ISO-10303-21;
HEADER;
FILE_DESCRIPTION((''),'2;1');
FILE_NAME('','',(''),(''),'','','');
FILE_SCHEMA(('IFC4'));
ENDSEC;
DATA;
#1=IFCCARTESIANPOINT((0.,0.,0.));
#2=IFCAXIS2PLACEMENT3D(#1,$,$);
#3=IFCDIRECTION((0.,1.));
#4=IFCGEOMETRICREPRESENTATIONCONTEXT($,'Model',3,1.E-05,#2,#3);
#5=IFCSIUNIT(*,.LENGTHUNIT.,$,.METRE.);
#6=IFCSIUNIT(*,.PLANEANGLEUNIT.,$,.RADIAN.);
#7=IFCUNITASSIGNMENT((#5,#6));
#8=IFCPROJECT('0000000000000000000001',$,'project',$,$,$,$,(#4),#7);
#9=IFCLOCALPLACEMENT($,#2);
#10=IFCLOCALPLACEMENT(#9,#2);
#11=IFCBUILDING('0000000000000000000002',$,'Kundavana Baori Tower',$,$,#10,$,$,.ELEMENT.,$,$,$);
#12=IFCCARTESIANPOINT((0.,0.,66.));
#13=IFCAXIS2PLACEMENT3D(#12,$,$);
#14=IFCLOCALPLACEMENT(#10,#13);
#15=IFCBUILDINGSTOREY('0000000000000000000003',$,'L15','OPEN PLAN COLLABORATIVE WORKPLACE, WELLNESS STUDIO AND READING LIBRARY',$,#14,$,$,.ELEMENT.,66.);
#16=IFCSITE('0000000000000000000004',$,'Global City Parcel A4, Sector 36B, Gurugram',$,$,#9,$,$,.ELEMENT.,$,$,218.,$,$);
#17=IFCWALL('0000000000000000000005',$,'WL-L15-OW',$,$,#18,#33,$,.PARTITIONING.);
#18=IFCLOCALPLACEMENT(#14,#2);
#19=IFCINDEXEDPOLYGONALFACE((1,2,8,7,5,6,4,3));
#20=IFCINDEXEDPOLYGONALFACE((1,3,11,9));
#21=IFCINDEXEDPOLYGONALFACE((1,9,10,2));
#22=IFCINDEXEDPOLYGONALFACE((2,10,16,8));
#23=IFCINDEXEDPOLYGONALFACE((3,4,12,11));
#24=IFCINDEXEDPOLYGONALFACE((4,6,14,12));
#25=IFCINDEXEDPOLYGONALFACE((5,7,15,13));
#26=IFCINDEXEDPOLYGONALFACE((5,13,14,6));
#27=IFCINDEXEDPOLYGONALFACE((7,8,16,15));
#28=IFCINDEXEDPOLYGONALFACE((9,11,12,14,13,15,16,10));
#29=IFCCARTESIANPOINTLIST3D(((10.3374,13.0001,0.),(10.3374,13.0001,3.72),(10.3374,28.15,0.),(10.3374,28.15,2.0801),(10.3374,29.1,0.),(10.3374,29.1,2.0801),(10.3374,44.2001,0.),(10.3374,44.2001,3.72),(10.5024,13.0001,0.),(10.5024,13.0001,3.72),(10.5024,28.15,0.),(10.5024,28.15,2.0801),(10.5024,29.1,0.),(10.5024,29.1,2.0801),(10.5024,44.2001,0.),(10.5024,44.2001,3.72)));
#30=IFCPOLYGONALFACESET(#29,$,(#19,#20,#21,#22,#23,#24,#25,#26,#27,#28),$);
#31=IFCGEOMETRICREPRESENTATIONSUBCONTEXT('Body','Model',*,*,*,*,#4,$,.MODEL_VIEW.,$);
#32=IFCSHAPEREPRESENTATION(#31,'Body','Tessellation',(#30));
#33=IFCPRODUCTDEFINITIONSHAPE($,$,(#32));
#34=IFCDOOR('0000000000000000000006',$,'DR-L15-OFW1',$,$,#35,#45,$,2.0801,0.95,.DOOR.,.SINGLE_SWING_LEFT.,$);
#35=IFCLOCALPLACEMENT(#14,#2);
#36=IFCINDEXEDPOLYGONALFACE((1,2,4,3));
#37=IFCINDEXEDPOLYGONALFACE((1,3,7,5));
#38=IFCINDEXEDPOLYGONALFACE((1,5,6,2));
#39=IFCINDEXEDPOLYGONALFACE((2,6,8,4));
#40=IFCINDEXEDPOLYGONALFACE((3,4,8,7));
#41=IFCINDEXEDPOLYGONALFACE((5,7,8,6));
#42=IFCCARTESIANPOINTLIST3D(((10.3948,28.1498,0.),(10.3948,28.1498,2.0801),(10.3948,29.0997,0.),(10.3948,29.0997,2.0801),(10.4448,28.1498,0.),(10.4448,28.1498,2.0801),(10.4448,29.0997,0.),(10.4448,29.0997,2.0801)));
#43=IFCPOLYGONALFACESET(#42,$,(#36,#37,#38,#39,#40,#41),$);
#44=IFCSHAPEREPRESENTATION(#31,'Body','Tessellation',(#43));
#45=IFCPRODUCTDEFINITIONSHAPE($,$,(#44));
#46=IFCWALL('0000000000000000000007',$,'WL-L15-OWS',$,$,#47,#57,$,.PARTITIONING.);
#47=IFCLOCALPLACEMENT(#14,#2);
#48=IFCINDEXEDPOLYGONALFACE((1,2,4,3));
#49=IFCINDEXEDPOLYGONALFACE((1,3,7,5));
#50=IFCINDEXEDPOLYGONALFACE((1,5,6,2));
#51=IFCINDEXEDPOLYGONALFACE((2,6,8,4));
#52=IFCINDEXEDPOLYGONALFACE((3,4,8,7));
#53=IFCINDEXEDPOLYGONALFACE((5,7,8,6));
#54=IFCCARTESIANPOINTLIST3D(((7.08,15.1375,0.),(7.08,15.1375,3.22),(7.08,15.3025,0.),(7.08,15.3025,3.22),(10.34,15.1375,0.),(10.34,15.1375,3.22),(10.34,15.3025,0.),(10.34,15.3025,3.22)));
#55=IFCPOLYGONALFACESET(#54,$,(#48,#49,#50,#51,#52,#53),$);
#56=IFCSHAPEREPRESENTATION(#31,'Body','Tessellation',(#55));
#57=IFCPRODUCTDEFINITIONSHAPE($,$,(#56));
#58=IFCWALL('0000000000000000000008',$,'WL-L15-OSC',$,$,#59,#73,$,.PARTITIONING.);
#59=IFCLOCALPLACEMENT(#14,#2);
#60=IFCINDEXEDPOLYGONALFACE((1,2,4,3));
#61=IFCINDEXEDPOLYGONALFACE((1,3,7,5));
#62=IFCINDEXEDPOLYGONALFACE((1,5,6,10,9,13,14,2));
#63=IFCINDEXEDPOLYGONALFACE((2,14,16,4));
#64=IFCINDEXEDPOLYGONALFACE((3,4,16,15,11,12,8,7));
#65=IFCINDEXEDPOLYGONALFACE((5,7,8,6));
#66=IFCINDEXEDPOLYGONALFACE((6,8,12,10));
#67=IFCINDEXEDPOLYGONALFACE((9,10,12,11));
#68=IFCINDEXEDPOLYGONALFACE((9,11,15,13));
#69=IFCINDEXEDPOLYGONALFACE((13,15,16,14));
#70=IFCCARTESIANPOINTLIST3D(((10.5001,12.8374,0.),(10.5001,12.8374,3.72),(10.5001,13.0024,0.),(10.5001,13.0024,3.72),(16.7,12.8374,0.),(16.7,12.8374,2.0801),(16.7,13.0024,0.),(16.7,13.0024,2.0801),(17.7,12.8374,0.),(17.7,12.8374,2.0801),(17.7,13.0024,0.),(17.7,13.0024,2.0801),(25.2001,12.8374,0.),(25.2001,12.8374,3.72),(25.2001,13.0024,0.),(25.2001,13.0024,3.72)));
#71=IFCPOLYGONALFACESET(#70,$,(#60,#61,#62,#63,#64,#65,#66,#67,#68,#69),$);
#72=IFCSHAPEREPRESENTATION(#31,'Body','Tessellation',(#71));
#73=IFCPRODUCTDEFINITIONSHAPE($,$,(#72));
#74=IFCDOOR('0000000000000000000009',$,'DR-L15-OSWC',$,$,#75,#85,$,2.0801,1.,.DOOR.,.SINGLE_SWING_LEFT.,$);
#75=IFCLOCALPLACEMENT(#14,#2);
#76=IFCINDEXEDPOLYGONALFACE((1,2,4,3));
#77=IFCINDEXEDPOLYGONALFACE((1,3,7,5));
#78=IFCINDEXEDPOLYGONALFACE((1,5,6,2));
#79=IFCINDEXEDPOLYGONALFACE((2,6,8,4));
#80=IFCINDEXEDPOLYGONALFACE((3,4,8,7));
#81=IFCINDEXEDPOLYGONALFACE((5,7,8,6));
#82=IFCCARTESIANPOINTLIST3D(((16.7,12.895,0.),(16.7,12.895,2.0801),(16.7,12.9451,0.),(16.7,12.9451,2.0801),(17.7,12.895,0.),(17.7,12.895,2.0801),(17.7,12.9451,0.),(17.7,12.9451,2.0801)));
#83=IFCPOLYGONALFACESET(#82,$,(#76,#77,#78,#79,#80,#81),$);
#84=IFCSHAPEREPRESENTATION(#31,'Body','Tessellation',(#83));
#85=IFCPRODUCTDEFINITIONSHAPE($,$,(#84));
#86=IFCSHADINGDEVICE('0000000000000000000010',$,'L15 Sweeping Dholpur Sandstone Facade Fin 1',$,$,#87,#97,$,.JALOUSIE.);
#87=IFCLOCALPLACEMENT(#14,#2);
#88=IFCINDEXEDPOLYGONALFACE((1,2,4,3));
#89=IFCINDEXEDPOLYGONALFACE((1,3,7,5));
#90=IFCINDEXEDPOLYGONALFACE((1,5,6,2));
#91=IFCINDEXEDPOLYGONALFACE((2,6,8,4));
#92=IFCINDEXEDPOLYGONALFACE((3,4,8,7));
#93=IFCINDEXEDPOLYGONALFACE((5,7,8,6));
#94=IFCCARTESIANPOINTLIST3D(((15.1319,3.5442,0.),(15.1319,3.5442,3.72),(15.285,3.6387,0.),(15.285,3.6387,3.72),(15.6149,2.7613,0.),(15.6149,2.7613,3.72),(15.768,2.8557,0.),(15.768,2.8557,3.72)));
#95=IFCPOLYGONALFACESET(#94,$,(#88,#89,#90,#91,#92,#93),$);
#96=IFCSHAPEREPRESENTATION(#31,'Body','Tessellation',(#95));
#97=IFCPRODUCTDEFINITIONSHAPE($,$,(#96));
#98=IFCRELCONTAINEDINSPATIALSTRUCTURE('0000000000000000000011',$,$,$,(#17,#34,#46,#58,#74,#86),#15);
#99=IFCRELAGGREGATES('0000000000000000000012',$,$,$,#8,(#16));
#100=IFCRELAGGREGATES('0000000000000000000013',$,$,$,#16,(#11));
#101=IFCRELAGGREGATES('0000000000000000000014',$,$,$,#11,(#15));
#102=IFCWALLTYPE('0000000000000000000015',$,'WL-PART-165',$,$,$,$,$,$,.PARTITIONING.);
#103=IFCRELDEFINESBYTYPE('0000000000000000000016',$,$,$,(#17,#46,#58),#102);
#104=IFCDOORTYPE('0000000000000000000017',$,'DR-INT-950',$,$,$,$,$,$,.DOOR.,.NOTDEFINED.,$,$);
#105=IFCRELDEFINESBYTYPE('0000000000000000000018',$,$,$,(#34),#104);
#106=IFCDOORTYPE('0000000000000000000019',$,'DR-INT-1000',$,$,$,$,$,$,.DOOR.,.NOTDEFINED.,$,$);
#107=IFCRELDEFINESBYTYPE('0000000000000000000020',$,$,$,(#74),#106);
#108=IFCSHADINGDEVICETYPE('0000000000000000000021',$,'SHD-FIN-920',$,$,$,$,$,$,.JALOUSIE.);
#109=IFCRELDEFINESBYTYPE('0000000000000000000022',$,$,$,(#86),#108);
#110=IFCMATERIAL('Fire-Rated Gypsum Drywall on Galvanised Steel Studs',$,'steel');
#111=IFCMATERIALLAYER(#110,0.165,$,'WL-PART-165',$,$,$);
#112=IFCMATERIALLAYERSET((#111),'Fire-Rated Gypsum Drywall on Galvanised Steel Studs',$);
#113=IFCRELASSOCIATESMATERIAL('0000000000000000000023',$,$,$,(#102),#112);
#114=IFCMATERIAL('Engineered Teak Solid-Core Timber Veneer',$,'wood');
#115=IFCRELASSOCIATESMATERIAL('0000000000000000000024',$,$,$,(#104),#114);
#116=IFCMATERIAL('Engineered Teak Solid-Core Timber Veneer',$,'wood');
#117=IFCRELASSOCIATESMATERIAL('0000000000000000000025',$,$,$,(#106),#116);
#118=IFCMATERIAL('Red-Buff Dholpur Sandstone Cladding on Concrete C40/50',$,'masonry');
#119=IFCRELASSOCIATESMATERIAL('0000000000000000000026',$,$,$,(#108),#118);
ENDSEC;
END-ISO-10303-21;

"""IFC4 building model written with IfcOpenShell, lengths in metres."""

from ifc_helpers import new_model, si_unit, direction, frame, frame_2d, origin, origin_2d, place, context, subcontext, project, spatial, rectangle, extrude, material, layer, layer_set, type_object, element, fill, save


model = new_model("IFC4")

# Units and contexts
model_context = context("Model", 3, precision=1e-05, world=origin(), true_north=direction((0.0, 1.0)))
body_context = subcontext(model_context, "Body", "Model", "MODEL_VIEW")
ifc_project = project(units=[si_unit("LENGTHUNIT", "METRE"), si_unit("PLANEANGLEUNIT", "RADIAN")], contexts=[model_context])

# Site, building, storey
site_placement = place(None, origin())
site = spatial("IfcSite", under=ifc_project, at=site_placement, Name="Global City Parcel A4, Sector 36B, Gurugram", CompositionType="ELEMENT", RefElevation=218.0)
building_placement = place(site_placement, origin())
building = spatial("IfcBuilding", under=site, at=building_placement, Name="Kundavana Baori Tower", CompositionType="ELEMENT")
storey_placement = place(building_placement, frame((0.0, 0.0, 66.0)))
storey = spatial("IfcBuildingStorey", under=building, at=storey_placement, Name="L15", Description="OPEN PLAN COLLABORATIVE WORKPLACE, WELLNESS STUDIO AND READING LIBRARY", CompositionType="ELEMENT", Elevation=66.0)

# Wall, opening, door
ifc_material_1 = material(Name="Fire-Rated Gypsum Drywall on Galvanised Steel Studs", Category="steel")
ifc_layer_1 = layer(ifc_material_1, 0.165, Name="WL-PART-165")
ifc_layer_set_1 = layer_set([ifc_layer_1], Name="Fire-Rated Gypsum Drywall on Galvanised Steel Studs")
wall_type_1 = type_object("IfcWallType", Name="WL-PART-165", PredefinedType="PARTITIONING", material=ifc_layer_set_1)
wall_1_placement = place(storey_placement, frame((10.4199, 13.0, 0.0), z_axis=(0.0, 0.0, 1.0), x_axis=(0.0, 1.0, 0.0)))
wall_1 = element("IfcWall", 1, at=wall_1_placement, inside=storey, type_object=wall_type_1, Name="WL-L15-OW", PredefinedType="PARTITIONING", context=body_context, shape_type="SweptSolid", body=[
    extrude(rectangle(XDim=31.2, YDim=0.165, at=frame_2d((15.6001, 0.0))), origin(), (0.0, 0.0, 1.0), 3.72),
])
opening_1_placement = place(wall_1_placement, frame((15.1499, 0.0, 0.0)))
opening_1 = element("IfcOpeningElement", 2, at=opening_1_placement, cuts=wall_1, PredefinedType="OPENING", context=body_context, shape_type="SweptSolid", body=[
    extrude(rectangle(XDim=0.95, YDim=2.0801, at=frame_2d((0.4751, 1.04))), frame((0.0, 0.0925, 0.0), z_axis=(0.0, -1.0, 0.0), x_axis=(1.0, 0.0, 0.0)), (0.0, 0.0, 1.0), 0.1851),
])
ifc_material_2 = material(Name="Engineered Teak Solid-Core Timber Veneer", Category="wood")
door_type_1 = type_object("IfcDoorType", Name="DR-INT-950", OperationType="NOTDEFINED", PredefinedType="DOOR", material=ifc_material_2)
door_1_placement = place(opening_1_placement, frame((0.95, 0.0, 0.0), z_axis=(0.0, 0.0, 1.0), x_axis=(-1.0, 0.0, 0.0)))
door_1 = element("IfcDoor", 3, at=door_1_placement, inside=storey, type_object=door_type_1, Name="DR-L15-OFW1", OperationType="SINGLE_SWING_LEFT", OverallHeight=2.0801, OverallWidth=0.95, PredefinedType="DOOR", context=body_context, shape_type="SweptSolid", body=[
    extrude(rectangle(XDim=0.95, YDim=2.0801, at=frame_2d((0.4751, 1.04))), frame((0.0, 0.0249, 0.0), z_axis=(0.0, -1.0, 0.0), x_axis=(1.0, 0.0, 0.0)), (0.0, 0.0, 1.0), 0.05),
])
fill(opening_1, door_1)

# Wall
wall_2_placement = place(storey_placement, frame((7.0801, 15.22, 0.0), z_axis=(0.0, 0.0, 1.0), x_axis=(1.0, 0.0, 0.0)))
element("IfcWall", 4, at=wall_2_placement, inside=storey, type_object=wall_type_1, Name="WL-L15-OWS", PredefinedType="PARTITIONING", context=body_context, shape_type="SweptSolid", body=[
    extrude(rectangle(XDim=3.26, YDim=0.165, at=frame_2d((1.6299, 0.0))), origin(), (0.0, 0.0, 1.0), 3.22),
])

# Wall, opening, door
wall_3_placement = place(storey_placement, frame((10.5, 12.9199, 0.0), z_axis=(0.0, 0.0, 1.0), x_axis=(1.0, 0.0, 0.0)))
wall_3 = element("IfcWall", 5, at=wall_3_placement, inside=storey, type_object=wall_type_1, Name="WL-L15-OSC", PredefinedType="PARTITIONING", context=body_context, shape_type="SweptSolid", body=[
    extrude(rectangle(XDim=14.7, YDim=0.165, at=frame_2d((7.3501, 0.0))), origin(), (0.0, 0.0, 1.0), 3.72),
])
opening_2_placement = place(wall_3_placement, frame((6.2, 0.0, 0.0)))
opening_2 = element("IfcOpeningElement", 6, at=opening_2_placement, cuts=wall_3, PredefinedType="OPENING", context=body_context, shape_type="SweptSolid", body=[
    extrude(rectangle(XDim=1.0, YDim=2.0801, at=frame_2d((0.5, 1.04))), frame((0.0, 0.0925, 0.0), z_axis=(0.0, -1.0, 0.0), x_axis=(1.0, 0.0, 0.0)), (0.0, 0.0, 1.0), 0.1851),
])
ifc_material_3 = material(Name="Engineered Teak Solid-Core Timber Veneer", Category="wood")
door_type_2 = type_object("IfcDoorType", Name="DR-INT-1000", OperationType="NOTDEFINED", PredefinedType="DOOR", material=ifc_material_3)
door_2_placement = place(opening_2_placement, frame((1.0, 0.0, 0.0), z_axis=(0.0, 0.0, 1.0), x_axis=(-1.0, 0.0, 0.0)))
door_2 = element("IfcDoor", 7, at=door_2_placement, inside=storey, type_object=door_type_2, Name="DR-L15-OSWC", OperationType="SINGLE_SWING_LEFT", OverallHeight=2.0801, OverallWidth=1.0, PredefinedType="DOOR", context=body_context, shape_type="SweptSolid", body=[
    extrude(rectangle(XDim=1.0, YDim=2.0801, at=frame_2d((0.5, 1.04))), frame((0.0, 0.0249, 0.0), z_axis=(0.0, -1.0, 0.0), x_axis=(1.0, 0.0, 0.0)), (0.0, 0.0, 1.0), 0.05),
])
fill(opening_2, door_2)

# Shading device
ifc_material_4 = material(Name="Red-Buff Dholpur Sandstone Cladding on Concrete C40/50", Category="masonry")
shading_device_type = type_object("IfcShadingDeviceType", Name="SHD-FIN-920", PredefinedType="JALOUSIE", material=ifc_material_4)
shading_device_placement = place(storey_placement, frame((15.45, 3.2, 0.0), z_axis=(0.0, 0.0, 1.0), x_axis=(0.851086, 0.525026, 0.0)))
element("IfcShadingDevice", 8, at=shading_device_placement, inside=storey, type_object=shading_device_type, Name="L15 Sweeping Dholpur Sandstone Facade Fin 1", PredefinedType="JALOUSIE", context=body_context, shape_type="SweptSolid", body=[
    extrude(rectangle(XDim=0.1799, YDim=0.9199, at=origin_2d()), origin(), (0.0, 0.0, 1.0), 3.72),
])

save(model, "model.ifc")
